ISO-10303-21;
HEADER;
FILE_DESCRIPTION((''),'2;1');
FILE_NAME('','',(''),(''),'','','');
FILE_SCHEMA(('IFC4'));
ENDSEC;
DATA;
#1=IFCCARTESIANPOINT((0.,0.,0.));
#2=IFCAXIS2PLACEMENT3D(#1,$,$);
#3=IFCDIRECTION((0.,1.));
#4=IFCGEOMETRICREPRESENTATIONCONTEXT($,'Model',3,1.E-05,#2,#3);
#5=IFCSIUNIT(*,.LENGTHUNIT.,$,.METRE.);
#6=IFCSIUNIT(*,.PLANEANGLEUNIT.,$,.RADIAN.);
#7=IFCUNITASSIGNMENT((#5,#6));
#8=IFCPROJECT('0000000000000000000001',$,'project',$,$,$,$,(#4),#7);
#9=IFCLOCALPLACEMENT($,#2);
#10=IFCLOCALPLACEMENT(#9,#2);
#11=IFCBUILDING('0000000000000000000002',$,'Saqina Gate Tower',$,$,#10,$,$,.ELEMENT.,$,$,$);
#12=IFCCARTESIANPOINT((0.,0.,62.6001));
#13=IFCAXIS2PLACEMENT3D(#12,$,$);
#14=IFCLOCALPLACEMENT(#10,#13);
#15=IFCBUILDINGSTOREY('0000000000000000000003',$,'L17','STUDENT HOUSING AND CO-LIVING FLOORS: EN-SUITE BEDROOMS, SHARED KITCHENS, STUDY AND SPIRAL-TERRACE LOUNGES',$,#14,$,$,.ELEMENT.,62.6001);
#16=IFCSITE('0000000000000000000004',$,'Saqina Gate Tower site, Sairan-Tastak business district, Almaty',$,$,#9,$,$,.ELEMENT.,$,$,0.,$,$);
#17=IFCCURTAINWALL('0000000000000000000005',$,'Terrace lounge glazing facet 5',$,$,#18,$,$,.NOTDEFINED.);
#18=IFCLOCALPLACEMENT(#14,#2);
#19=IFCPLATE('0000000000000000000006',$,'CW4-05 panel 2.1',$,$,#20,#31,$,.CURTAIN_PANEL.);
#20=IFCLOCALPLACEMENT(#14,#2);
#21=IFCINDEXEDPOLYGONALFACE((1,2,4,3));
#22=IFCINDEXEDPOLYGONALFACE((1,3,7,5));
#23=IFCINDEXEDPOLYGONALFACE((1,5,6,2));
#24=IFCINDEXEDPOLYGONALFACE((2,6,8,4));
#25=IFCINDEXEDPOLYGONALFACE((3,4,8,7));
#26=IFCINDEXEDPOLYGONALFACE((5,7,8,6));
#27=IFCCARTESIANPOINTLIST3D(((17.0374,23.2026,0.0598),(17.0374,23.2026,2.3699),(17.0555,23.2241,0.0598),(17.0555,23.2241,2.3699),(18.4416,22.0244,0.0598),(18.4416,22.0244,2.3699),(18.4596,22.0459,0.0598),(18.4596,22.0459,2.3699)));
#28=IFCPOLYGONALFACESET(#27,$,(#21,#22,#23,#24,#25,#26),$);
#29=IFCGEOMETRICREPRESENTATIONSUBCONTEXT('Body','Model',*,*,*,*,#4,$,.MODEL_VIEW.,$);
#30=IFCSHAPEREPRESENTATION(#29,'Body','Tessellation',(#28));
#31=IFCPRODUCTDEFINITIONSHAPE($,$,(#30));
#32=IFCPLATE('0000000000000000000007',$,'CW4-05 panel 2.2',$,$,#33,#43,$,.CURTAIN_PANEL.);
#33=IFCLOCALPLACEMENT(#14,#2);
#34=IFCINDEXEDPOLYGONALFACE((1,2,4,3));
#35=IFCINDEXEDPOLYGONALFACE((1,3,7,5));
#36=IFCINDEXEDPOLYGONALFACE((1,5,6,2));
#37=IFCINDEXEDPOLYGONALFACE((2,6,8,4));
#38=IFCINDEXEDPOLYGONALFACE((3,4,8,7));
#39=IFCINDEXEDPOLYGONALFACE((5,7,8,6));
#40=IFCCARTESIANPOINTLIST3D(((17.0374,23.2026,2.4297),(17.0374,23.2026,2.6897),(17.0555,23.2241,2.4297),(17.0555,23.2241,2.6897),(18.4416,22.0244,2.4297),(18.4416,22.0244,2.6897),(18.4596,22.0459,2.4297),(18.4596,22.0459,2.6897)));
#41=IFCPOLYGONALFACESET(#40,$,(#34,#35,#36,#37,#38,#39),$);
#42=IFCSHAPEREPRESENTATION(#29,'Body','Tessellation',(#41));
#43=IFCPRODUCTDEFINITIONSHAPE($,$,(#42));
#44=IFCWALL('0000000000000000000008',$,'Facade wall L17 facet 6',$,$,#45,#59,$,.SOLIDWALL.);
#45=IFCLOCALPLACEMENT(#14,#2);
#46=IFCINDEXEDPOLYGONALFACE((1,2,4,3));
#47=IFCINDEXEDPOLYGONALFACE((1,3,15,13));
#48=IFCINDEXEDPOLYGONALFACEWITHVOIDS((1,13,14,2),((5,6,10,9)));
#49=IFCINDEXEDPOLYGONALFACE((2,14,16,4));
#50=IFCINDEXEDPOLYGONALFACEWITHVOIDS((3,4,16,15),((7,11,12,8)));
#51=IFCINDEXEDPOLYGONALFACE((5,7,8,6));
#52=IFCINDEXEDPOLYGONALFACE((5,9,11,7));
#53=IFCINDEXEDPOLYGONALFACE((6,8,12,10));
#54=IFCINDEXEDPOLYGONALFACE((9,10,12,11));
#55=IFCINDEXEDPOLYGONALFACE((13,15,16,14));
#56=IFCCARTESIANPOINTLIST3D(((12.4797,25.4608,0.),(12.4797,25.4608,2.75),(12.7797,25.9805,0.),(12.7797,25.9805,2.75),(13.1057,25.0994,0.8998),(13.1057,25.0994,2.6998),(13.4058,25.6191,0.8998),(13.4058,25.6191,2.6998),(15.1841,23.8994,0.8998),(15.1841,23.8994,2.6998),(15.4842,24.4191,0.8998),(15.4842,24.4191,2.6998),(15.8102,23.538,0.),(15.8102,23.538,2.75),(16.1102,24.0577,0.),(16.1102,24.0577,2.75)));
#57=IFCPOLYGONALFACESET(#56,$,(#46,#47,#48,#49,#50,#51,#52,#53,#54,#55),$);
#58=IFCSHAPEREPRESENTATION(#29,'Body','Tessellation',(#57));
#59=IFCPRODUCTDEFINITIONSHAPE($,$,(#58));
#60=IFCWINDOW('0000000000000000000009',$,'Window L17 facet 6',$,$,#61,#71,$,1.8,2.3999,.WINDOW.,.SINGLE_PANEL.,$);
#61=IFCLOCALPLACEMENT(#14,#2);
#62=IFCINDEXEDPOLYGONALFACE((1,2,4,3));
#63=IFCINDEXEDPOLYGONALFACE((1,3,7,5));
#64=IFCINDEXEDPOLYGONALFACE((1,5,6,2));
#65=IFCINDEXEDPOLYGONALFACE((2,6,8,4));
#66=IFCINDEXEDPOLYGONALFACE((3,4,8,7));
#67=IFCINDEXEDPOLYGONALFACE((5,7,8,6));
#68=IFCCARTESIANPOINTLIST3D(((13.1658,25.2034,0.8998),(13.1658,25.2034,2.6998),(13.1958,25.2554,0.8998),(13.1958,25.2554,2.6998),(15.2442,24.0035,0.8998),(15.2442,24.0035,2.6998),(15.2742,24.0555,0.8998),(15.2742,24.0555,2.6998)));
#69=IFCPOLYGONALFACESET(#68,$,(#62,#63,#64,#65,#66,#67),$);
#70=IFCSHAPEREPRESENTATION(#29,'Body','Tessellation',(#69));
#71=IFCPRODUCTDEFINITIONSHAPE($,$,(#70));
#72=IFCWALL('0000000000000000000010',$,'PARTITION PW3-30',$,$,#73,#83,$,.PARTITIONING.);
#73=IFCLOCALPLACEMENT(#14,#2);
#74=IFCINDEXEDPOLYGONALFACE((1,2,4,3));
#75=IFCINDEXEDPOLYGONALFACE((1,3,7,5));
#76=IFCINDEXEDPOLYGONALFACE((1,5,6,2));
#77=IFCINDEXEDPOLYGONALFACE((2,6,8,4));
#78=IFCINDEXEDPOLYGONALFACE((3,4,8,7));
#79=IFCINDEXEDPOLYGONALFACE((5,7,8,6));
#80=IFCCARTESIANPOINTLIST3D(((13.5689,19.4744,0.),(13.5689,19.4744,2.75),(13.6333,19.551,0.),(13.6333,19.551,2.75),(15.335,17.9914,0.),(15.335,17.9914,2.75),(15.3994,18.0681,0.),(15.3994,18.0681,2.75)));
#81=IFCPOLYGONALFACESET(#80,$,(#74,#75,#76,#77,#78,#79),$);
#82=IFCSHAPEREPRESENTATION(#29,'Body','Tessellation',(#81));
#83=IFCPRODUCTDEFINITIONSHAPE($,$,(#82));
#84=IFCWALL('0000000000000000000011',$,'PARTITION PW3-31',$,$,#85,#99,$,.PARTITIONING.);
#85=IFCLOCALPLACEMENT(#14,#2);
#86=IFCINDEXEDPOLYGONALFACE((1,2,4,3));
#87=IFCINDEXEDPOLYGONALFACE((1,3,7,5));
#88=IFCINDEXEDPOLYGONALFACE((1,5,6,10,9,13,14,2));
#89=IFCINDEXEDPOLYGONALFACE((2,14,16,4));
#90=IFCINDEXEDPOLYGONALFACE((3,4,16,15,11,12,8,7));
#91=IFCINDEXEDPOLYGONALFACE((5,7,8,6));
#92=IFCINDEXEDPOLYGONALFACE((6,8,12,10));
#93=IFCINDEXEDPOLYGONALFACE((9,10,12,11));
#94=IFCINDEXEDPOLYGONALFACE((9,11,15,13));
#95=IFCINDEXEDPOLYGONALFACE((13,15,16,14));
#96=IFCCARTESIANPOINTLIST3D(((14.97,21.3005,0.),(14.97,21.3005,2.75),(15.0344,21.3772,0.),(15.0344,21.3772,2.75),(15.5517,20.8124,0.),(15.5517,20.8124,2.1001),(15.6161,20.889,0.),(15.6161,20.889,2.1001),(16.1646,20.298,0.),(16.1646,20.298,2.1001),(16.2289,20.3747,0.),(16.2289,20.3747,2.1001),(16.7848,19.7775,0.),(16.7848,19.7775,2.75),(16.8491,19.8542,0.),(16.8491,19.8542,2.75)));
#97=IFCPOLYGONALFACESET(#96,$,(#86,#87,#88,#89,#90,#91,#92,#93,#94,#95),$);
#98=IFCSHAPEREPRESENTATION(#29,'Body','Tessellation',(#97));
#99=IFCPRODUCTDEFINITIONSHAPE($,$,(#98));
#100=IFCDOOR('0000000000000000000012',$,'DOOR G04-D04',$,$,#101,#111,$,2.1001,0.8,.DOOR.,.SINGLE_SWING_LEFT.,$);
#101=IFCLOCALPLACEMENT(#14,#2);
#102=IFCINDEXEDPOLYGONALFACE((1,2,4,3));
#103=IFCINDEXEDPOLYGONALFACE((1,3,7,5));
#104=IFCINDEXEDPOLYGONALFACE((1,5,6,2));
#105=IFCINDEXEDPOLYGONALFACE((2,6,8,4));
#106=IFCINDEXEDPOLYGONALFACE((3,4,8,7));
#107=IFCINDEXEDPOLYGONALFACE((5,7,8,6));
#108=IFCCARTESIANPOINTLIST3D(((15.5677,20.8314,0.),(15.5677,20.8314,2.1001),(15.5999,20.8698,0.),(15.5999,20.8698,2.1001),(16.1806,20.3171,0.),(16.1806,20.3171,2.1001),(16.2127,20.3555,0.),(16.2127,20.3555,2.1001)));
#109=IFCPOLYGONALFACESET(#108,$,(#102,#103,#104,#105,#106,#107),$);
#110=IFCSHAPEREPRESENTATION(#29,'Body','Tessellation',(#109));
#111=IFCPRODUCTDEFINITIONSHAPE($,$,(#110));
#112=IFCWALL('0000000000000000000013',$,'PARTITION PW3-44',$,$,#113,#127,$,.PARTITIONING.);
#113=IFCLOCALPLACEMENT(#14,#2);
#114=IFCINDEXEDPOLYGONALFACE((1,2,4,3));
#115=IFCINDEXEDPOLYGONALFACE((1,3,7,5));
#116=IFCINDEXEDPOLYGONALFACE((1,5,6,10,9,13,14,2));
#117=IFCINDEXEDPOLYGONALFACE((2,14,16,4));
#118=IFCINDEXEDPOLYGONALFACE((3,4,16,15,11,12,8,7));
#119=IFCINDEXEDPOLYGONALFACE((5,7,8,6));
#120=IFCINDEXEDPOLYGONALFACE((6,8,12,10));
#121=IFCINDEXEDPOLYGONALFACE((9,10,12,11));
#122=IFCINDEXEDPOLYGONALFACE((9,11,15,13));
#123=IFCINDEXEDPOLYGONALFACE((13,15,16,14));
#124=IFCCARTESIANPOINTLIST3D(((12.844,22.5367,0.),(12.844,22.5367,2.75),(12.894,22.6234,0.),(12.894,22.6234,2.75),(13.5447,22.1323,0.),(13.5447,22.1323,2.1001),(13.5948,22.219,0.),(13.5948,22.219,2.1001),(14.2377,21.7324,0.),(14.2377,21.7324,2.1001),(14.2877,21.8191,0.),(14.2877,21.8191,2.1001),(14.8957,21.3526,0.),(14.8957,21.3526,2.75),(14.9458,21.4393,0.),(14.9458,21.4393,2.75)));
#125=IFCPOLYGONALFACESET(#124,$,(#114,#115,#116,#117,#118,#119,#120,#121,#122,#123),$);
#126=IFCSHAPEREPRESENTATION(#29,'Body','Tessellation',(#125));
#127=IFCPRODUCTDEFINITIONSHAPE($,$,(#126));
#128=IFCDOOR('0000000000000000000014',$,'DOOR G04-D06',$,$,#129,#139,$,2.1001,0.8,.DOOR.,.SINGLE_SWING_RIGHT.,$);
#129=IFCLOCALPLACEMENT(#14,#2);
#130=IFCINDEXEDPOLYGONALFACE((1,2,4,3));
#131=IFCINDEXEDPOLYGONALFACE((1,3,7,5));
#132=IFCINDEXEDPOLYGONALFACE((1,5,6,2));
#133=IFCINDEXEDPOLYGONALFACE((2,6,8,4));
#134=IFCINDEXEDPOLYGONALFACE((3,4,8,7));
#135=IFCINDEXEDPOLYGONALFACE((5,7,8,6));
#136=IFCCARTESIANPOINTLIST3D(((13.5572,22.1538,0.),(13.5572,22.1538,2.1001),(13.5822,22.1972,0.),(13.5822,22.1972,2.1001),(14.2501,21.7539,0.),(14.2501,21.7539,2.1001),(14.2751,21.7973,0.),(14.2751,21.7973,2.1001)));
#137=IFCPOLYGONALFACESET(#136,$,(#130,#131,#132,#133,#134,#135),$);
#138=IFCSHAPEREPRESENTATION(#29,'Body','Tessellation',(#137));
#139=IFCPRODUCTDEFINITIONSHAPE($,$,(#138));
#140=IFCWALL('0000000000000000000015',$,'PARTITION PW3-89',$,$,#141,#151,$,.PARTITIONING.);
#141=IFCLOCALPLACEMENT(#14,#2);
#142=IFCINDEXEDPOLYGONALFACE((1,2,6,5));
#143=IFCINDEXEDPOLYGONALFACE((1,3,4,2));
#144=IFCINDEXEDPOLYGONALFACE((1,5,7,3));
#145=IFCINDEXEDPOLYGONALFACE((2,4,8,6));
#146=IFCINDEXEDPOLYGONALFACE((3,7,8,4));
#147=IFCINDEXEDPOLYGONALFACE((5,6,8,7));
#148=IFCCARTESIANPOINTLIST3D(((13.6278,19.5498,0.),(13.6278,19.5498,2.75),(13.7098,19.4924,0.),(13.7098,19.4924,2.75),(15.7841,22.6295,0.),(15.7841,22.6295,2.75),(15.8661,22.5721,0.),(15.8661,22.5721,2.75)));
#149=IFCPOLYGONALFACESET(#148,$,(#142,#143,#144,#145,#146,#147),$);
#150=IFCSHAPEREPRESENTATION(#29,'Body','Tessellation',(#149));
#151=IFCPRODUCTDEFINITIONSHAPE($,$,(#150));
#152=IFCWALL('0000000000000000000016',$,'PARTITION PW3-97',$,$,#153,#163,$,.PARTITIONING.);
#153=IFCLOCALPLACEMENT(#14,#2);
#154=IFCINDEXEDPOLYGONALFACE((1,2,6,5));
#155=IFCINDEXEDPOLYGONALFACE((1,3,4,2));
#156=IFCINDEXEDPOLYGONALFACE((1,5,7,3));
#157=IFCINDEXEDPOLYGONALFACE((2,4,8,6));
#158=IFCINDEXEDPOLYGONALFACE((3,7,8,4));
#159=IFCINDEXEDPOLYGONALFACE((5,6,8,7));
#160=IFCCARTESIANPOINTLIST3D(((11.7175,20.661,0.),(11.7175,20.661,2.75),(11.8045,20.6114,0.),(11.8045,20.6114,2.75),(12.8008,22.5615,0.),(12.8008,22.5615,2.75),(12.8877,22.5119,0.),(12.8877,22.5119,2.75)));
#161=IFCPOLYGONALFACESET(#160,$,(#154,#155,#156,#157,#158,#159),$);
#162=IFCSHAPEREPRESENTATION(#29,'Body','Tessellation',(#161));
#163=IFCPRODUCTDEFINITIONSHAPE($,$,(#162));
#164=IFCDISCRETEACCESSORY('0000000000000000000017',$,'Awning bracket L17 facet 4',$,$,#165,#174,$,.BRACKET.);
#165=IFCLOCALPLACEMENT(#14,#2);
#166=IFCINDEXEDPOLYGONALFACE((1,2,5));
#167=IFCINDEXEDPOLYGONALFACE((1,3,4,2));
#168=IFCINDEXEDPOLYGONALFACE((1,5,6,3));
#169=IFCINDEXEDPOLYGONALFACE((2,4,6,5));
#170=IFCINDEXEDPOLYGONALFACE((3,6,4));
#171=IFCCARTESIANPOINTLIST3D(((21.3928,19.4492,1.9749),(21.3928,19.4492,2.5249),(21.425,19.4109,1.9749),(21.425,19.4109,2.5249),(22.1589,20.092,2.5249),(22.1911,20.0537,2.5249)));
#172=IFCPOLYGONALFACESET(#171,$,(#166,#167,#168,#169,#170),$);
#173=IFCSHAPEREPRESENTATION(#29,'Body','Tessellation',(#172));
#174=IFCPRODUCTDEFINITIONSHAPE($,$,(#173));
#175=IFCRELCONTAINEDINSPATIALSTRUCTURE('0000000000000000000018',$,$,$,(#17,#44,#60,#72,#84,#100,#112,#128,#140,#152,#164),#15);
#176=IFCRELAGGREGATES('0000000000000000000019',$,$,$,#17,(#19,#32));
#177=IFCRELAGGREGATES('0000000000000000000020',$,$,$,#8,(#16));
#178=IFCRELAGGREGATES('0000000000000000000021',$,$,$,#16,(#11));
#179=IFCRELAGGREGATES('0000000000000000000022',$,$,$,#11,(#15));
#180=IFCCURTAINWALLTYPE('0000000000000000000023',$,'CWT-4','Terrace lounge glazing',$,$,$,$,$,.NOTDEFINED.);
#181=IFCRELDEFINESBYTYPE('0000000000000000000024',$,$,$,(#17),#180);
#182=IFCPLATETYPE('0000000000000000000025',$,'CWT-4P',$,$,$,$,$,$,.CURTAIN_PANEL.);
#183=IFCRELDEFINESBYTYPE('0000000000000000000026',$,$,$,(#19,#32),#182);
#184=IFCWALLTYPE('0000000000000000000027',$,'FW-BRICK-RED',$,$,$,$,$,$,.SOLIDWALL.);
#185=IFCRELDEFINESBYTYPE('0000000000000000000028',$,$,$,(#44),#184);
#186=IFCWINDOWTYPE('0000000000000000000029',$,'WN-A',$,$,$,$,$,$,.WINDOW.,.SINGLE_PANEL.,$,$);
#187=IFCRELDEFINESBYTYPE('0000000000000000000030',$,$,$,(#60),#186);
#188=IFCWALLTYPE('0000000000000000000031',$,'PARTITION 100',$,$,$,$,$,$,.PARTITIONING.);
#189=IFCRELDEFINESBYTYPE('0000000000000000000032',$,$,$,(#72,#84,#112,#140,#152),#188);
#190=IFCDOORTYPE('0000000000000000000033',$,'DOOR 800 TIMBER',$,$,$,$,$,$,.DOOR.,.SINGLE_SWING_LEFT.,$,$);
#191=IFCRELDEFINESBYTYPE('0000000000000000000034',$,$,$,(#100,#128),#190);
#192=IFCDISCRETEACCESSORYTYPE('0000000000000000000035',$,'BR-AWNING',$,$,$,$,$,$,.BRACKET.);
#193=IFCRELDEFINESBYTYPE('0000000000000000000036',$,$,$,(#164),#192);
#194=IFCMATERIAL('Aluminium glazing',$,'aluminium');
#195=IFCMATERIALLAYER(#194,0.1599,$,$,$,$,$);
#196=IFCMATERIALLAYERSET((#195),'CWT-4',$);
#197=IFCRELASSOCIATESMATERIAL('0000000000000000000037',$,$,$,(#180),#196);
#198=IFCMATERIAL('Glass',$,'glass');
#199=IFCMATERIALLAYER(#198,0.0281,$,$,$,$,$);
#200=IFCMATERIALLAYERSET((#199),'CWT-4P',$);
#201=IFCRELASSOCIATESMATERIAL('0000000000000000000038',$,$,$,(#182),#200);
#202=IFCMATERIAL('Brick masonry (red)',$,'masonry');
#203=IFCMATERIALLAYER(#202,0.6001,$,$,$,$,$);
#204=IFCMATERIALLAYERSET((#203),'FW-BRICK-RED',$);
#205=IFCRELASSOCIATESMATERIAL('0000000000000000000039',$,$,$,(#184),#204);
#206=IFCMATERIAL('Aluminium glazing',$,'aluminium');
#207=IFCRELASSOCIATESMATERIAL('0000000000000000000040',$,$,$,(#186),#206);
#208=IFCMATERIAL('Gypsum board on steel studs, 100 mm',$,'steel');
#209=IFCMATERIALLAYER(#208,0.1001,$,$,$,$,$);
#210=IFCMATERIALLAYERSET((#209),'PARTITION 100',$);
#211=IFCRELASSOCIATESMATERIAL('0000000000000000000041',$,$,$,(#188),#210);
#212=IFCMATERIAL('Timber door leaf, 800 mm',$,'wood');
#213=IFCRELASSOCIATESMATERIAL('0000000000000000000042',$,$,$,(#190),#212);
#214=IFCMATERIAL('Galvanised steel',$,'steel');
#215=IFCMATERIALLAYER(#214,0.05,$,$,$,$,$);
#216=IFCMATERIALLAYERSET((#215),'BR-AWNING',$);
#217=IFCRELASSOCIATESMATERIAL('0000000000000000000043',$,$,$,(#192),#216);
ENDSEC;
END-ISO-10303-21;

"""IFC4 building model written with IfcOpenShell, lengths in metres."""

from ifc_helpers import new_model, si_unit, direction, frame, frame_2d, origin, origin_2d, place, context, subcontext, project, spatial, polyline, rectangle, outline, extrude, material, layer, layer_set, type_object, element, fill, aggregate, save


model = new_model("IFC4")

# Units and contexts
model_context = context("Model", 3, precision=1e-05, world=origin(), true_north=direction((0.0, 1.0)))
body_context = subcontext(model_context, "Body", "Model", "MODEL_VIEW")
ifc_project = project(units=[si_unit("LENGTHUNIT", "METRE"), si_unit("PLANEANGLEUNIT", "RADIAN")], contexts=[model_context])

# Site, building, storey
site_placement = place(None, origin())
site = spatial("IfcSite", under=ifc_project, at=site_placement, Name="Saqina Gate Tower site, Sairan-Tastak business district, Almaty", CompositionType="ELEMENT", RefElevation=0.0)
building_placement = place(site_placement, origin())
building = spatial("IfcBuilding", under=site, at=building_placement, Name="Saqina Gate Tower", CompositionType="ELEMENT")
storey_placement = place(building_placement, frame((0.0, 0.0, 62.6001)))
storey = spatial("IfcBuildingStorey", under=building, at=storey_placement, Name="L17", Description="STUDENT HOUSING AND CO-LIVING FLOORS: EN-SUITE BEDROOMS, SHARED KITCHENS, STUDY AND SPIRAL-TERRACE LOUNGES", CompositionType="ELEMENT", Elevation=62.6001)

# Curtain wall, plates
ifc_material_1 = material(Name="Aluminium glazing", Category="aluminium")
ifc_layer_1 = layer(ifc_material_1, 0.1599)
ifc_layer_set_1 = layer_set([ifc_layer_1], Name="CWT-4")
curtain_wall_type = type_object("IfcCurtainWallType", Name="CWT-4", Description="Terrace lounge glazing", PredefinedType="NOTDEFINED", material=ifc_layer_set_1)
curtain_wall_placement = place(storey_placement, origin())
curtain_wall = element("IfcCurtainWall", 1, at=curtain_wall_placement, inside=storey, type_object=curtain_wall_type, Name="Terrace lounge glazing facet 5", PredefinedType="NOTDEFINED")
ifc_material_2 = material(Name="Glass", Category="glass")
ifc_layer_2 = layer(ifc_material_2, 0.0281)
ifc_layer_set_2 = layer_set([ifc_layer_2], Name="CWT-4P")
plate_type = type_object("IfcPlateType", Name="CWT-4P", PredefinedType="CURTAIN_PANEL", material=ifc_layer_set_2)
plate_1_placement = place(storey_placement, frame((17.7485, 22.6243, 0.0598), z_axis=(0.0, 0.0, 1.0), x_axis=(-0.766041, 0.642792, 0.0)))
plate_1 = element("IfcPlate", 2, at=plate_1_placement, type_object=plate_type, Name="CW4-05 panel 2.1", PredefinedType="CURTAIN_PANEL", context=body_context, shape_type="SweptSolid", body=[
    extrude(rectangle(XDim=1.833, YDim=0.0281, at=origin_2d()), origin(), (0.0, 0.0, 1.0), 2.3101),
])
plate_2_placement = place(storey_placement, frame((17.7485, 22.6243, 2.4297), z_axis=(0.0, 0.0, 1.0), x_axis=(-0.766041, 0.642792, 0.0)))
plate_2 = element("IfcPlate", 3, at=plate_2_placement, type_object=plate_type, Name="CW4-05 panel 2.2", PredefinedType="CURTAIN_PANEL", context=body_context, shape_type="SweptSolid", body=[
    extrude(rectangle(XDim=1.833, YDim=0.0281, at=origin_2d()), origin(), (0.0, 0.0, 1.0), 0.26),
])
aggregate(curtain_wall, [plate_1, plate_2])

# Wall, opening, window
ifc_material_3 = material(Name="Brick masonry (red)", Category="masonry")
ifc_layer_3 = layer(ifc_material_3, 0.6001)
ifc_layer_set_3 = layer_set([ifc_layer_3], Name="FW-BRICK-RED")
wall_type_1 = type_object("IfcWallType", Name="FW-BRICK-RED", PredefinedType="SOLIDWALL", material=ifc_layer_set_3)
wall_1_placement = place(storey_placement, frame((15.9602, 23.7979, 0.0), z_axis=(0.0, 0.0, 1.0), x_axis=(-0.866031, 0.49999, 0.0)))
wall_1 = element("IfcWall", 4, at=wall_1_placement, inside=storey, type_object=wall_type_1, Name="Facade wall L17 facet 6", PredefinedType="SOLIDWALL", context=body_context, shape_type="SweptSolid", body=[
    extrude(rectangle(XDim=3.8457, YDim=0.6001, at=frame_2d((1.9229, 0.0))), origin(), (0.0, 0.0, 1.0), 2.75),
])
opening_1_placement = place(wall_1_placement, frame((0.7229, 0.0, 0.8999)))
opening_1 = element("IfcOpeningElement", 5, at=opening_1_placement, cuts=wall_1, PredefinedType="OPENING", context=body_context, shape_type="SweptSolid", body=[
    extrude(rectangle(XDim=2.3999, YDim=1.8, at=frame_2d((1.2, 0.8999))), frame((0.0, 0.312, 0.0), z_axis=(0.0, -1.0, 0.0), x_axis=(1.0, 0.0, 0.0)), (0.0, 0.0, 1.0), 0.624),
])
ifc_material_4 = material(Name="Aluminium glazing", Category="aluminium")
window_type = type_object("IfcWindowType", Name="WN-A", PartitioningType="SINGLE_PANEL", PredefinedType="WINDOW", material=ifc_material_4)
window_placement = place(opening_1_placement, origin())
window = element("IfcWindow", 6, at=window_placement, inside=storey, type_object=window_type, Name="Window L17 facet 6", OverallHeight=1.8, OverallWidth=2.3999, PartitioningType="SINGLE_PANEL", PredefinedType="WINDOW", context=body_context, shape_type="SweptSolid", body=[
    extrude(rectangle(XDim=2.3999, YDim=1.8, at=frame_2d((1.2, 0.8999))), frame((0.0, 0.1799, 0.0), z_axis=(0.0, -1.0, 0.0), x_axis=(1.0, 0.0, 0.0)), (0.0, 0.0, 1.0), 0.0601),
])
fill(opening_1, window)

# Wall
ifc_material_5 = material(Name="Gypsum board on steel studs, 100 mm", Category="steel")
ifc_layer_4 = layer(ifc_material_5, 0.1001)
ifc_layer_set_4 = layer_set([ifc_layer_4], Name="PARTITION 100")
wall_type_2 = type_object("IfcWallType", Name="PARTITION 100", PredefinedType="PARTITIONING", material=ifc_layer_set_4)
wall_2_placement = place(storey_placement, frame((13.6011, 19.5127, 0.0), z_axis=(0.0, 0.0, 1.0), x_axis=(0.765838, -0.643033, 0.0)))
element("IfcWall", 7, at=wall_2_placement, inside=storey, type_object=wall_type_2, Name="PARTITION PW3-30", PredefinedType="PARTITIONING", context=body_context, shape_type="SweptSolid", body=[
    extrude(rectangle(XDim=2.3062, YDim=0.1001, at=frame_2d((1.1531, 0.0))), origin(), (0.0, 0.0, 1.0), 2.75),
])

# Walls, openings, doors
wall_3_placement = place(storey_placement, frame((15.0022, 21.3389, 0.0), z_axis=(0.0, 0.0, 1.0), x_axis=(0.765995, -0.642846, 0.0)))
wall_3 = element("IfcWall", 8, at=wall_3_placement, inside=storey, type_object=wall_type_2, Name="PARTITION PW3-31", PredefinedType="PARTITIONING", context=body_context, shape_type="SweptSolid", body=[
    extrude(rectangle(XDim=2.3691, YDim=0.1001, at=frame_2d((1.1846, 0.0))), origin(), (0.0, 0.0, 1.0), 2.75),
])
opening_2_placement = place(wall_3_placement, frame((0.7595, 0.0, 0.0)))
opening_2 = element("IfcOpeningElement", 9, at=opening_2_placement, cuts=wall_3, PredefinedType="OPENING", context=body_context, shape_type="SweptSolid", body=[
    extrude(rectangle(XDim=0.8, YDim=2.1001, at=frame_2d((0.3999, 1.05))), frame((0.0, 0.062, 0.0), z_axis=(0.0, -1.0, 0.0), x_axis=(1.0, 0.0, 0.0)), (0.0, 0.0, 1.0), 0.124),
])
ifc_material_6 = material(Name="Timber door leaf, 800 mm", Category="wood")
door_type = type_object("IfcDoorType", Name="DOOR 800 TIMBER", OperationType="SINGLE_SWING_LEFT", PredefinedType="DOOR", material=ifc_material_6)
door_1_placement = place(opening_2_placement, origin())
door_1 = element("IfcDoor", 10, at=door_1_placement, inside=storey, type_object=door_type, Name="DOOR G04-D04", OperationType="SINGLE_SWING_LEFT", OverallHeight=2.1001, OverallWidth=0.8, PredefinedType="DOOR", context=body_context, shape_type="SweptSolid", body=[
    extrude(rectangle(XDim=0.8, YDim=2.1001, at=frame_2d((0.3999, 1.05))), frame((0.0, 0.0249, 0.0), z_axis=(0.0, -1.0, 0.0), x_axis=(1.0, 0.0, 0.0)), (0.0, 0.0, 1.0), 0.05),
])
fill(opening_2, door_1)
wall_4_placement = place(storey_placement, frame((12.8689, 22.5801, 0.0), z_axis=(0.0, 0.0, 1.0), x_axis=(0.866117, -0.499841, 0.0)))
wall_4 = element("IfcWall", 11, at=wall_4_placement, inside=storey, type_object=wall_type_2, Name="PARTITION PW3-44", PredefinedType="PARTITIONING", context=body_context, shape_type="SweptSolid", body=[
    extrude(rectangle(XDim=2.3689, YDim=0.1001, at=frame_2d((1.1846, 0.0))), origin(), (0.0, 0.0, 1.0), 2.75),
])
opening_3_placement = place(wall_4_placement, frame((0.8093, 0.0, 0.0)))
opening_3 = element("IfcOpeningElement", 12, at=opening_3_placement, cuts=wall_4, PredefinedType="OPENING", context=body_context, shape_type="SweptSolid", body=[
    extrude(rectangle(XDim=0.8, YDim=2.1001, at=frame_2d((0.3999, 1.05))), frame((0.0, 0.062, 0.0), z_axis=(0.0, -1.0, 0.0), x_axis=(1.0, 0.0, 0.0)), (0.0, 0.0, 1.0), 0.124),
])
door_2_placement = place(opening_3_placement, origin())
door_2 = element("IfcDoor", 13, at=door_2_placement, inside=storey, type_object=door_type, Name="DOOR G04-D06", OperationType="SINGLE_SWING_RIGHT", OverallHeight=2.1001, OverallWidth=0.8, PredefinedType="DOOR", context=body_context, shape_type="SweptSolid", body=[
    extrude(rectangle(XDim=0.8, YDim=2.1001, at=frame_2d((0.3999, 1.05))), frame((0.0, 0.0249, 0.0), z_axis=(0.0, -1.0, 0.0), x_axis=(1.0, 0.0, 0.0)), (0.0, 0.0, 1.0), 0.05),
])
fill(opening_3, door_2)

# Walls
wall_5_placement = place(storey_placement, frame((13.6687, 19.521, 0.0), z_axis=(0.0, 0.0, 1.0), x_axis=(0.573558, 0.819165, 0.0)))
element("IfcWall", 14, at=wall_5_placement, inside=storey, type_object=wall_type_2, Name="PARTITION PW3-89", PredefinedType="PARTITIONING", context=body_context, shape_type="SweptSolid", body=[
    extrude(rectangle(XDim=3.7595, YDim=0.1001, at=frame_2d((1.8799, 0.0))), origin(), (0.0, 0.0, 1.0), 2.75),
])
wall_6_placement = place(storey_placement, frame((11.761, 20.6362, 0.0), z_axis=(0.0, 0.0, 1.0), x_axis=(0.495213, 0.868772, 0.0)))
element("IfcWall", 15, at=wall_6_placement, inside=storey, type_object=wall_type_2, Name="PARTITION PW3-97", PredefinedType="PARTITIONING", context=body_context, shape_type="SweptSolid", body=[
    extrude(rectangle(XDim=2.1875, YDim=0.1001, at=frame_2d((1.0938, 0.0))), origin(), (0.0, 0.0, 1.0), 2.75),
])

# Discrete accessory
ifc_material_7 = material(Name="Galvanised steel", Category="steel")
ifc_layer_5 = layer(ifc_material_7, 0.05)
ifc_layer_set_5 = layer_set([ifc_layer_5], Name="BR-AWNING")
discrete_accessory_type_1 = type_object("IfcDiscreteAccessoryType", Name="BR-AWNING", PredefinedType="BRACKET", material=ifc_layer_set_5)
discrete_accessory_1_placement = place(storey_placement, frame((21.3928, 19.4492, 1.9749), z_axis=(-0.642774, 0.766056, 0.0), x_axis=(0.0, 0.0, 1.0)))
element("IfcDiscreteAccessory", 16, at=discrete_accessory_1_placement, inside=storey, type_object=discrete_accessory_type_1, Name="Awning bracket L17 facet 4", PredefinedType="BRACKET", context=body_context, shape_type="SweptSolid", body=[
    extrude(outline(polyline([(0.0, 0.0), (0.55, 0.0), (0.55, 1.0001), (0.0, 0.0)])), origin(), (0.0, 0.0, -1.0), 0.05),
])

save(model, "model.ifc")
